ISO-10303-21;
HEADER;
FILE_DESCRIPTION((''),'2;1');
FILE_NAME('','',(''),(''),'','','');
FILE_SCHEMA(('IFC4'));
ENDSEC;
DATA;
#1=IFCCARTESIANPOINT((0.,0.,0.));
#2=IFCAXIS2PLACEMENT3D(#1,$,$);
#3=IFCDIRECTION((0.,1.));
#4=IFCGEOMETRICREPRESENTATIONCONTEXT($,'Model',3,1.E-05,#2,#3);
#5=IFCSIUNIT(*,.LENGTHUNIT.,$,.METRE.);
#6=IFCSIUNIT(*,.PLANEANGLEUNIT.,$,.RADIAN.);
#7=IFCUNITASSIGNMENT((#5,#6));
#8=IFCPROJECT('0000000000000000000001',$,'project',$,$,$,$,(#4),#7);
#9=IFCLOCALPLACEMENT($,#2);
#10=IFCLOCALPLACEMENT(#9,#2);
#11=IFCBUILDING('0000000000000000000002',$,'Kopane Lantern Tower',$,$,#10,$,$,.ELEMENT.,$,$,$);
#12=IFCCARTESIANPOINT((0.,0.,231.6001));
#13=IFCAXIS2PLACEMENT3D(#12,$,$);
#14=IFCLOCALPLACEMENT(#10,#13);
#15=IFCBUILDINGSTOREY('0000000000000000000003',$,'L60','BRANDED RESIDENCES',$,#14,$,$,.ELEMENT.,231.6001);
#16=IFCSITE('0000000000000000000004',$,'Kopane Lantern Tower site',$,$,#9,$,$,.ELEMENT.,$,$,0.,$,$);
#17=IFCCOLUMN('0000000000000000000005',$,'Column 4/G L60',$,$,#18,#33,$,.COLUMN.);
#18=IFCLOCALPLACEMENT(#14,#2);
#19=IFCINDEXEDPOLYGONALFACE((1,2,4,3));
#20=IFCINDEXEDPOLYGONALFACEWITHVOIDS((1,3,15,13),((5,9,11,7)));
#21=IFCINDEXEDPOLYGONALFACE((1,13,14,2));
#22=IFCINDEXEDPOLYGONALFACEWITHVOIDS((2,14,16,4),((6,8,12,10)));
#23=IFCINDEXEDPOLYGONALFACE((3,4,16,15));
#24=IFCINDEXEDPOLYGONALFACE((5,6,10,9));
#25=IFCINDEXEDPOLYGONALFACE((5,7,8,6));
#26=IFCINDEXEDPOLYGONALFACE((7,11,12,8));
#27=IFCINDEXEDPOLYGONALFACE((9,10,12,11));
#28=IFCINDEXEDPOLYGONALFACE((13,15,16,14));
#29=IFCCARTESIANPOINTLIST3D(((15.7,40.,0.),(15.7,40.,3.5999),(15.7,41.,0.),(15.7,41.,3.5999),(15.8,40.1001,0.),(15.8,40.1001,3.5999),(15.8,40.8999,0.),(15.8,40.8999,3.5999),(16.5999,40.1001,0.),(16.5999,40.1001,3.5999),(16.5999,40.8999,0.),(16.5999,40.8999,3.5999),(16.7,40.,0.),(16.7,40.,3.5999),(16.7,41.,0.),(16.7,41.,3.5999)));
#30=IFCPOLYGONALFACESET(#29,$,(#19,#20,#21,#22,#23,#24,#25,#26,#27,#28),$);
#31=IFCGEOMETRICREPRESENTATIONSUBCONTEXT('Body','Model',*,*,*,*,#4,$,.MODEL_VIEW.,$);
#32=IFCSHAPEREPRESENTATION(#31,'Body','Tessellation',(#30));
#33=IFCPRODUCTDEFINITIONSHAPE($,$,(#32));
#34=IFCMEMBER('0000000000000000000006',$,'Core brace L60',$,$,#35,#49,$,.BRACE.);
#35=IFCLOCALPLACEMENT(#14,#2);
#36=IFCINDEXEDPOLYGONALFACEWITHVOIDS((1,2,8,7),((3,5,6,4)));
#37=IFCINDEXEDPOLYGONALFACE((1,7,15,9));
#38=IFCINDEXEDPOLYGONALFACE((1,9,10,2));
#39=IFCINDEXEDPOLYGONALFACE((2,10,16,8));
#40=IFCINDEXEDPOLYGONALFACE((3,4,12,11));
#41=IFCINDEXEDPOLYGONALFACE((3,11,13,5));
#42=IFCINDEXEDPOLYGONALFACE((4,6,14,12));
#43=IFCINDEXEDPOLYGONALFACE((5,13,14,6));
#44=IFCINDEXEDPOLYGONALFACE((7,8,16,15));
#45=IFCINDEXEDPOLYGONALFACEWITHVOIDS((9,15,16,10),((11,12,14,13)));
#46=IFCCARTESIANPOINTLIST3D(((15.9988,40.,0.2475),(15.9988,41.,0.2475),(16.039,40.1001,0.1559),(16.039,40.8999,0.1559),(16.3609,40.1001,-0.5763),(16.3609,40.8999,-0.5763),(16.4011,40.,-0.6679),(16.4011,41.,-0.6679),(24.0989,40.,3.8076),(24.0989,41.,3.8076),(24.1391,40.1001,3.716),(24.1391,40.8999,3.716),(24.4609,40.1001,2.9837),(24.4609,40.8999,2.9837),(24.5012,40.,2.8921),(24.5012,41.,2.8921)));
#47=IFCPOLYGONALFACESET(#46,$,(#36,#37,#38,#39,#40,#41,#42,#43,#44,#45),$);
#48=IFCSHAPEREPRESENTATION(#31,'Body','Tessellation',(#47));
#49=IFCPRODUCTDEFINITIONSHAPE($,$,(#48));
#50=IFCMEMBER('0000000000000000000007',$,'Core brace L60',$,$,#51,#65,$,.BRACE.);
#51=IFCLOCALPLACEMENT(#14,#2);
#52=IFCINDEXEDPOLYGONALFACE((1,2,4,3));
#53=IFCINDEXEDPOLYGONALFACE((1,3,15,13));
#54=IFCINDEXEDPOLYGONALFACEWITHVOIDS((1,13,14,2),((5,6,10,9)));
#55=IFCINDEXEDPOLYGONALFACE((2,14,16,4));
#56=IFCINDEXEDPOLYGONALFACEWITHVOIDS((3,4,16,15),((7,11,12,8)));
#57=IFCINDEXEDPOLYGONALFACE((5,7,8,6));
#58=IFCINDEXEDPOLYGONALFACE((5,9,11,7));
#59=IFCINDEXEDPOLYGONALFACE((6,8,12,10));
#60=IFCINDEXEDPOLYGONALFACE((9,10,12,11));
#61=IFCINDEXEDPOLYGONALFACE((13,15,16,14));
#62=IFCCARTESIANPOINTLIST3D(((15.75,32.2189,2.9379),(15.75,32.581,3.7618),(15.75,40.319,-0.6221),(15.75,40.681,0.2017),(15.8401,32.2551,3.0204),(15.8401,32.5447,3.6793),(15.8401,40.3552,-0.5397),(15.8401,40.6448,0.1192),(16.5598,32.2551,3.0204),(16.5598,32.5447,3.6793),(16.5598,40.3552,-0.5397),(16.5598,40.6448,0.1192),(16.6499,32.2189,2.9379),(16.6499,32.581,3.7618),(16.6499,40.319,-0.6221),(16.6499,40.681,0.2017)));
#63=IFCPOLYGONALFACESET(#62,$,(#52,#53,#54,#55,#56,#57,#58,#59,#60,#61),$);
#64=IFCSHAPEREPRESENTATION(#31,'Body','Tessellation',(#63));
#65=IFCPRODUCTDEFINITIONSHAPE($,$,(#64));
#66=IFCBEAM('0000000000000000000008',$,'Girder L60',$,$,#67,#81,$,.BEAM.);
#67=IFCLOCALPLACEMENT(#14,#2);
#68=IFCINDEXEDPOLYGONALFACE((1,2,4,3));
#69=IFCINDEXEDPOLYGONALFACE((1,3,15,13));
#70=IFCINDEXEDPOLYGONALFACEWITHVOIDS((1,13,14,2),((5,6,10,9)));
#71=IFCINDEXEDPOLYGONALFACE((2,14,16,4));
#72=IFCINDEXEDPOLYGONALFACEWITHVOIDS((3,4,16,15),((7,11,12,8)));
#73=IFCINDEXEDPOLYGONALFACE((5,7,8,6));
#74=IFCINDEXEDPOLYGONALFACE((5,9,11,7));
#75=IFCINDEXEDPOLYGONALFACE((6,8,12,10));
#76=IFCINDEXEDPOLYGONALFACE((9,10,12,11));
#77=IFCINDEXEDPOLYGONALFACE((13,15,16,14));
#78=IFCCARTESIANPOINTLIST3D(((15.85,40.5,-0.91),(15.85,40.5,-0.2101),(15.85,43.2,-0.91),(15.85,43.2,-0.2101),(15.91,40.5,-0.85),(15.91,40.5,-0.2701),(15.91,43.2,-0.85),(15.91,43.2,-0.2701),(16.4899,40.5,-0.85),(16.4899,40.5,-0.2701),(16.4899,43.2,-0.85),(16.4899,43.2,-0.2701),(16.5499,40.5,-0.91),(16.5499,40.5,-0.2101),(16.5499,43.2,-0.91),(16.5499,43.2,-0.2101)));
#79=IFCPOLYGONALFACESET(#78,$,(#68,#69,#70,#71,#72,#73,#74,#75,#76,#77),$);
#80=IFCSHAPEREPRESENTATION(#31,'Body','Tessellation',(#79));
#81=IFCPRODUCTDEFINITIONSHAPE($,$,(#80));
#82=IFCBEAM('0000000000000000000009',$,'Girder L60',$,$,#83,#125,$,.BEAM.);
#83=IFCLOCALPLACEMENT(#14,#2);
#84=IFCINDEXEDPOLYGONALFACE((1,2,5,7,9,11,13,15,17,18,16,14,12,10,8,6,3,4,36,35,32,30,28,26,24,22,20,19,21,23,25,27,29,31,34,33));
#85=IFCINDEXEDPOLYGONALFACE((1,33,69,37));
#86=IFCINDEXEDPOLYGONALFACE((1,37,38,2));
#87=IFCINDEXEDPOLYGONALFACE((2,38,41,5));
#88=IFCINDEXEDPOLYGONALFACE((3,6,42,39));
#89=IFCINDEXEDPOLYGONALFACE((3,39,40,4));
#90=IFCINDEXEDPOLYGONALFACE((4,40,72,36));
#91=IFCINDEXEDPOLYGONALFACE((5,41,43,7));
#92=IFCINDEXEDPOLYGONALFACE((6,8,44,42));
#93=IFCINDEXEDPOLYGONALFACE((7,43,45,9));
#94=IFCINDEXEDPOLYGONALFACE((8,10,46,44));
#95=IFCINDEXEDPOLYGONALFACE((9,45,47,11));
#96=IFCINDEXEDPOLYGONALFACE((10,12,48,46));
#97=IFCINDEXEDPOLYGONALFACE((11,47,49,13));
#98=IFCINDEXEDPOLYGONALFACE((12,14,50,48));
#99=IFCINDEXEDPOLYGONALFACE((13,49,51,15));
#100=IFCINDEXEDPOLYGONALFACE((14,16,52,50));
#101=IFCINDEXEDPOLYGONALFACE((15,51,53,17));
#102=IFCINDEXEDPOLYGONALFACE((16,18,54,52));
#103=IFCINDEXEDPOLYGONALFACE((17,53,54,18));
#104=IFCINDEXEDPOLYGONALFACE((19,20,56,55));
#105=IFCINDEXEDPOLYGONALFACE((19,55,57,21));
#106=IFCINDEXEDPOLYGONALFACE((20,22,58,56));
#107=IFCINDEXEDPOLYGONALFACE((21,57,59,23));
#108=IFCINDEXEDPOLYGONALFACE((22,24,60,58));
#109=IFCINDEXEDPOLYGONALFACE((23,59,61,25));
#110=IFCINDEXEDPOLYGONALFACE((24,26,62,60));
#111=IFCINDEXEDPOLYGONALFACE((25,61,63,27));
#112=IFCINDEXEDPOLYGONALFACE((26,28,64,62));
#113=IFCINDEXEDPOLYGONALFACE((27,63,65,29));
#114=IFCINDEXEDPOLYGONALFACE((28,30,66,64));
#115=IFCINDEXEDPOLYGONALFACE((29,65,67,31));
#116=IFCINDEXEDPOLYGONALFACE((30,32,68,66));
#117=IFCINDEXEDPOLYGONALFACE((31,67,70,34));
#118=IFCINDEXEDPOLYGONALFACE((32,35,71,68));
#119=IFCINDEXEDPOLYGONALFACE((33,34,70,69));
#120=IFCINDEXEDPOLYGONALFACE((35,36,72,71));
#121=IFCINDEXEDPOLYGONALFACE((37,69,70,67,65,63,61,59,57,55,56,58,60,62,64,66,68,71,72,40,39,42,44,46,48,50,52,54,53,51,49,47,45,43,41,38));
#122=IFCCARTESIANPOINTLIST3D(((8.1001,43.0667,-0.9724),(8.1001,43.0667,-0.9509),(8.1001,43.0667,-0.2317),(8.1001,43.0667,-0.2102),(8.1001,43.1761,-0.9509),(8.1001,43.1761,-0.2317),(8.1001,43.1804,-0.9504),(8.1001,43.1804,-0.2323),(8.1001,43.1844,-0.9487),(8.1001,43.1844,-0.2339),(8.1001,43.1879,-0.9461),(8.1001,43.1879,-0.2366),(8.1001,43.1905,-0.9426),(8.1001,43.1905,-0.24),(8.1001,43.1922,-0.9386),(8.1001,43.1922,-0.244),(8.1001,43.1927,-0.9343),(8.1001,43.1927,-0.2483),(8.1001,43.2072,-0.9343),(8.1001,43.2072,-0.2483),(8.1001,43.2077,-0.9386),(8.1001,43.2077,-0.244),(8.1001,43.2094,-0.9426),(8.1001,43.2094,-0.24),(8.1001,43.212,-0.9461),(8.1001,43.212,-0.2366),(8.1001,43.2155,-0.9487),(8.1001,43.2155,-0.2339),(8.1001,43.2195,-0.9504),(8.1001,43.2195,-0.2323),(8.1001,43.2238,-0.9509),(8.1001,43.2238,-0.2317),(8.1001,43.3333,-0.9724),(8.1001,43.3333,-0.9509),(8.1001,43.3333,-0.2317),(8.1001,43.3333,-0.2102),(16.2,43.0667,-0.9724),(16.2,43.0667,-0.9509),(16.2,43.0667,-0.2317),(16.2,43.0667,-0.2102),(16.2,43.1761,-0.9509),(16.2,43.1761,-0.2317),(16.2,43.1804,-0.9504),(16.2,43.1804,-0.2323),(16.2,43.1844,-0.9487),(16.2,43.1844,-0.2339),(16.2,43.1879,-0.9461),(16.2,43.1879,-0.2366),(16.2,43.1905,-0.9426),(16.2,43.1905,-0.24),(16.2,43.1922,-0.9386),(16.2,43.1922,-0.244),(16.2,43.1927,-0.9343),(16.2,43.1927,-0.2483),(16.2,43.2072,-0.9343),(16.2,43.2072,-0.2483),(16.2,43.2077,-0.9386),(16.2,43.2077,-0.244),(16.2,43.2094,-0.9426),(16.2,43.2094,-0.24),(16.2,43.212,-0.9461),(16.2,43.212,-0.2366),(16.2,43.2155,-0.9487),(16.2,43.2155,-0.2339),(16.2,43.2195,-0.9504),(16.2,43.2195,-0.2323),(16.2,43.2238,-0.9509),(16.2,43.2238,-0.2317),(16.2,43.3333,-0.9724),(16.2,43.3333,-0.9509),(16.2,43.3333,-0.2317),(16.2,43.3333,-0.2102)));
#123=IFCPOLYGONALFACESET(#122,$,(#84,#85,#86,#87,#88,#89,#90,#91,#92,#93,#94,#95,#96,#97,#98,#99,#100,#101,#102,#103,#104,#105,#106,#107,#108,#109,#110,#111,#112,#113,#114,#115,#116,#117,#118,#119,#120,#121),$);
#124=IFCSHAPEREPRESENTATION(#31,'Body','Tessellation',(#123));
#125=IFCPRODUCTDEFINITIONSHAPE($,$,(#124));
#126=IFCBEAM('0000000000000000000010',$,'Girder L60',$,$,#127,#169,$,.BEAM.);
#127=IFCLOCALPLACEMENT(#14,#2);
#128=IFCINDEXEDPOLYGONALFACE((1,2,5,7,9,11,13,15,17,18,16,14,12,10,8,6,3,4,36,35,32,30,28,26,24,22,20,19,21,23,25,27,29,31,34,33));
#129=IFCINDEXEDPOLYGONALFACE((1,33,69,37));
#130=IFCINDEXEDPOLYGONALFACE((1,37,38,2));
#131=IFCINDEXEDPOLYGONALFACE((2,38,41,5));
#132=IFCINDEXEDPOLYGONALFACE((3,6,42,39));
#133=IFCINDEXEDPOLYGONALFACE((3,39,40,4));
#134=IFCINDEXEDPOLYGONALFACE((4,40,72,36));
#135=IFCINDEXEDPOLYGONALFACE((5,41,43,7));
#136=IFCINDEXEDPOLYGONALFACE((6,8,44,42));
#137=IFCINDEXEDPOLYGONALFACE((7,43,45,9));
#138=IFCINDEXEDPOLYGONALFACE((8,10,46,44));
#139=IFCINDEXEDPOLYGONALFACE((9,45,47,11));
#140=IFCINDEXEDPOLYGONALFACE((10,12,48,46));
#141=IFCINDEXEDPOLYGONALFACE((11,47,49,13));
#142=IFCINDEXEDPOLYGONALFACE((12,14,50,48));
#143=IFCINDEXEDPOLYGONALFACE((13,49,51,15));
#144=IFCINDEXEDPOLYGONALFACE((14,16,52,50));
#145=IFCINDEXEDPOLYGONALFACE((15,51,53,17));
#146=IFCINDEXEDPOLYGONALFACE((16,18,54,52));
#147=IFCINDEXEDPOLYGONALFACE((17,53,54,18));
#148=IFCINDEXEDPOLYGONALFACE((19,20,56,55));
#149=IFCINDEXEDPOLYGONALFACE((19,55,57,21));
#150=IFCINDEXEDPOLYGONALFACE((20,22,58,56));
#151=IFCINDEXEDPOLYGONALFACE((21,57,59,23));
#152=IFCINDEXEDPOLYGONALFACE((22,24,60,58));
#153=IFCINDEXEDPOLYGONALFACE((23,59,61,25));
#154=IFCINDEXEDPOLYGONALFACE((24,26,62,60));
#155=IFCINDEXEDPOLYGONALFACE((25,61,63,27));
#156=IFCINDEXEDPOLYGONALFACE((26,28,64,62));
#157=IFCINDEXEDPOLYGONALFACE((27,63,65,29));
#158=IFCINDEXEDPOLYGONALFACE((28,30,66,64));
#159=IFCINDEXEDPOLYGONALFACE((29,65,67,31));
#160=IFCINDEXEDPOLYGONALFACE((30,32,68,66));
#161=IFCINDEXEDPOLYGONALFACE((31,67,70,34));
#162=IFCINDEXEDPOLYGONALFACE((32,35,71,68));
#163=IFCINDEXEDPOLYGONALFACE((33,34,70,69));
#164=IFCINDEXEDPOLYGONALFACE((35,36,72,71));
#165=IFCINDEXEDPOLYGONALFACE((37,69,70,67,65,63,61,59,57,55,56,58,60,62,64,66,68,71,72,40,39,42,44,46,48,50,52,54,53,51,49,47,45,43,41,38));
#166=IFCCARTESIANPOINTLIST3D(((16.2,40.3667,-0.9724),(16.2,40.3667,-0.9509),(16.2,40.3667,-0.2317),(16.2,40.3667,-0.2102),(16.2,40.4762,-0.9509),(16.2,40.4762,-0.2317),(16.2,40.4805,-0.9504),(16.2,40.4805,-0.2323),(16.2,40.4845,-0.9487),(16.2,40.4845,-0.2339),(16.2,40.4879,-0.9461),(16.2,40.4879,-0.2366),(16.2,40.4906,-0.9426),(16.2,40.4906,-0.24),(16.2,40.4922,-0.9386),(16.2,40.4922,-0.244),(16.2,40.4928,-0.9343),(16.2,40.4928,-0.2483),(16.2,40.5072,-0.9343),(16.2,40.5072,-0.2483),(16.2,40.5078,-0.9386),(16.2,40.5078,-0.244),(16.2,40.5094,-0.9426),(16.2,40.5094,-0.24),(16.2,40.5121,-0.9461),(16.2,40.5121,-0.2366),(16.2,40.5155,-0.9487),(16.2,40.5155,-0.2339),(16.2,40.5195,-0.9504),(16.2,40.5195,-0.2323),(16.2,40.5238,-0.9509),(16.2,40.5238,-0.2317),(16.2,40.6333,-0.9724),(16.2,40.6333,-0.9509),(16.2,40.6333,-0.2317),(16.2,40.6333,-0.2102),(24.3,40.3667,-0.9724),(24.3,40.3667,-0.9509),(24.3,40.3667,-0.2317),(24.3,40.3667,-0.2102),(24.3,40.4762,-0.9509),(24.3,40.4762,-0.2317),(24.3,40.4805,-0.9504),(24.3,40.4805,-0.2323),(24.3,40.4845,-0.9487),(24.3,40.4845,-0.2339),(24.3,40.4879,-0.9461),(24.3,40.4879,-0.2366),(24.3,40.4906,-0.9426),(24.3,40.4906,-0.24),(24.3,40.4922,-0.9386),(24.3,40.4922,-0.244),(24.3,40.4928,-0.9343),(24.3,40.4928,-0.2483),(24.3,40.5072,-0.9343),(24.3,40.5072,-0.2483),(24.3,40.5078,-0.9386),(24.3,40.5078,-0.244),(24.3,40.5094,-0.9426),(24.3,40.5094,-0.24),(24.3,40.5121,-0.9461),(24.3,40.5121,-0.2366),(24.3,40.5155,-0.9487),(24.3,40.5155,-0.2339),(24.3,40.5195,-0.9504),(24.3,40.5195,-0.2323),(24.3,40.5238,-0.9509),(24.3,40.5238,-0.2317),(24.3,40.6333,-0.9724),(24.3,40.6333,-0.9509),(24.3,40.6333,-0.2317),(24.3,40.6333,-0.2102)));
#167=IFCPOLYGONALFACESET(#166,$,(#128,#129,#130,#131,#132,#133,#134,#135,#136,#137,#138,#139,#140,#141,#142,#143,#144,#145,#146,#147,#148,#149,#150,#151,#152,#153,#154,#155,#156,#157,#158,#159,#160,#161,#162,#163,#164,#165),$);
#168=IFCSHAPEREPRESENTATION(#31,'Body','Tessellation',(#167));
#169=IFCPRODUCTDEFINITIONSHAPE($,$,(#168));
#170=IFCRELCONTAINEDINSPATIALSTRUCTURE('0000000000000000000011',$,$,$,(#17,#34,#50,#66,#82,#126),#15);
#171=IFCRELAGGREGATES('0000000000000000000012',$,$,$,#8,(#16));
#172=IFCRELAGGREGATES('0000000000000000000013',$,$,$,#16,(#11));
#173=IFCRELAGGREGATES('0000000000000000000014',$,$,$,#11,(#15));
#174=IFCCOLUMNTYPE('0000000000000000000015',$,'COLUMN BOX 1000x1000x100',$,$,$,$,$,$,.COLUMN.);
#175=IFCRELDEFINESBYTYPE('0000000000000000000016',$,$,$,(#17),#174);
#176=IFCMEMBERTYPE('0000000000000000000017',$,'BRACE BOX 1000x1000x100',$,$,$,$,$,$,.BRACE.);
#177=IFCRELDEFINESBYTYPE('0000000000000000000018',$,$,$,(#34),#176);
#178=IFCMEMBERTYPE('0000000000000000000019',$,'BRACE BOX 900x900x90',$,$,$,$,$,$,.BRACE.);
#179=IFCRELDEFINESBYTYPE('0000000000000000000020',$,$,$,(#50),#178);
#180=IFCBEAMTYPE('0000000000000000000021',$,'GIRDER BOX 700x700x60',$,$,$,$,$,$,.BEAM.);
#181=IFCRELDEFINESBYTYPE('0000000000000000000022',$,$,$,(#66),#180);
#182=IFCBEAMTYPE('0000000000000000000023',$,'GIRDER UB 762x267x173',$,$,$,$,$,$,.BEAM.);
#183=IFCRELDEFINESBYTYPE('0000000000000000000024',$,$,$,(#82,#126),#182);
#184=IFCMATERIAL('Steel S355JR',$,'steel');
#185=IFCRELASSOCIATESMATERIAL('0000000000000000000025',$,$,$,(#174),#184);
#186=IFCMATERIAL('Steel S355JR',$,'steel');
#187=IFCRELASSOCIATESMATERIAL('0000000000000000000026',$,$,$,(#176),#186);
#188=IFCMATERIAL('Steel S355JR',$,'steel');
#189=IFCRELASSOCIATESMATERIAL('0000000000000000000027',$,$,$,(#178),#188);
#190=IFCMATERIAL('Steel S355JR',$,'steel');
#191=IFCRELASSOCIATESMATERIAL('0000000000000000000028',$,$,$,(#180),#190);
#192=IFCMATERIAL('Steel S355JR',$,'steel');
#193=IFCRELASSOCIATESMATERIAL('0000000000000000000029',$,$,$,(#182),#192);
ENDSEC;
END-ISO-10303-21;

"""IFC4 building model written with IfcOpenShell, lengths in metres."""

from ifc_helpers import new_model, si_unit, direction, frame, origin, origin_2d, place, context, subcontext, project, spatial, hollow_rectangle, i_section, extrude, material, material_profile, profile_set, type_object, element, save


model = new_model("IFC4")

# Units and contexts
model_context = context("Model", 3, precision=1e-05, world=origin(), true_north=direction((0.0, 1.0)))
body_context = subcontext(model_context, "Body", "Model", "MODEL_VIEW")
ifc_project = project(units=[si_unit("LENGTHUNIT", "METRE"), si_unit("PLANEANGLEUNIT", "RADIAN")], contexts=[model_context])

# Site, building, storey
site_placement = place(None, origin())
site = spatial("IfcSite", under=ifc_project, at=site_placement, Name="Kopane Lantern Tower site", CompositionType="ELEMENT", RefElevation=0.0)
building_placement = place(site_placement, origin())
building = spatial("IfcBuilding", under=site, at=building_placement, Name="Kopane Lantern Tower", CompositionType="ELEMENT")
storey_placement = place(building_placement, frame((0.0, 0.0, 231.6001)))
storey = spatial("IfcBuildingStorey", under=building, at=storey_placement, Name="L60", Description="BRANDED RESIDENCES", CompositionType="ELEMENT", Elevation=231.6001)

# Column
ifc_material_1 = material(Name="Steel S355JR", Category="steel")
ifc_material_profile_1 = material_profile(ifc_material_1, hollow_rectangle(XDim=1.0, YDim=1.0, WallThickness=0.1001, at=origin_2d()), Name="BOX 1000x1000x100")
ifc_profile_set_1 = profile_set([ifc_material_profile_1], Name="Steel S355JR")
column_type = type_object("IfcColumnType", Name="COLUMN BOX 1000x1000x100", PredefinedType="COLUMN", material=ifc_profile_set_1)
column_placement = place(storey_placement, frame((16.2, 40.5, 0.0), z_axis=(0.0, 0.0, 1.0), x_axis=(1.0, 0.0, 0.0)))
element("IfcColumn", 1, at=column_placement, inside=storey, type_object=column_type, Name="Column 4/G L60", PredefinedType="COLUMN", context=body_context, shape_type="SweptSolid", body=[
    extrude(hollow_rectangle(XDim=1.0, YDim=1.0, WallThickness=0.1001, at=origin_2d()), origin(), (0.0, 0.0, 1.0), 3.5999),
])

# Members
ifc_material_2 = material(Name="Steel S355JR", Category="steel")
ifc_material_profile_2 = material_profile(ifc_material_2, hollow_rectangle(XDim=1.0, YDim=1.0, WallThickness=0.1001, at=origin_2d()), Name="BOX 1000x1000x100")
ifc_profile_set_2 = profile_set([ifc_material_profile_2], Name="Steel S355JR")
member_type_1 = type_object("IfcMemberType", Name="BRACE BOX 1000x1000x100", PredefinedType="BRACE", material=ifc_profile_set_2)
member_1_placement = place(storey_placement, frame((16.2, 40.5, -0.2102), z_axis=(0.915481, 0.0, 0.402361), x_axis=(0.0, 1.0, 0.0)))
element("IfcMember", 2, at=member_1_placement, inside=storey, type_object=member_type_1, Name="Core brace L60", PredefinedType="BRACE", context=body_context, shape_type="SweptSolid", body=[
    extrude(hollow_rectangle(XDim=1.0, YDim=1.0, WallThickness=0.1001, at=origin_2d()), origin(), (0.0, 0.0, 1.0), 8.8479),
])
ifc_material_3 = material(Name="Steel S355JR", Category="steel")
ifc_material_profile_3 = material_profile(ifc_material_3, hollow_rectangle(XDim=0.8999, YDim=0.8999, WallThickness=0.0901, at=origin_2d()), Name="BOX 900x900x90")
ifc_profile_set_3 = profile_set([ifc_material_profile_3], Name="Steel S355JR")
member_type_2 = type_object("IfcMemberType", Name="BRACE BOX 900x900x90", PredefinedType="BRACE", material=ifc_profile_set_3)
member_2_placement = place(storey_placement, frame((16.2, 40.5, -0.2102), z_axis=(0.0, -0.915481, 0.402361), x_axis=(1.0, 0.0, 0.0)))
element("IfcMember", 3, at=member_2_placement, inside=storey, type_object=member_type_2, Name="Core brace L60", PredefinedType="BRACE", context=body_context, shape_type="SweptSolid", body=[
    extrude(hollow_rectangle(XDim=0.8999, YDim=0.8999, WallThickness=0.0901, at=origin_2d()), origin(), (0.0, 0.0, 1.0), 8.8479),
])

# Beams
ifc_material_4 = material(Name="Steel S355JR", Category="steel")
ifc_material_profile_4 = material_profile(ifc_material_4, hollow_rectangle(XDim=0.7, YDim=0.7, WallThickness=0.0601, at=origin_2d()), Name="BOX 700x700x60")
ifc_profile_set_4 = profile_set([ifc_material_profile_4], Name="Steel S355JR")
beam_type_1 = type_object("IfcBeamType", Name="GIRDER BOX 700x700x60", PredefinedType="BEAM", material=ifc_profile_set_4)
beam_1_placement = place(storey_placement, frame((16.2, 40.5, -0.5601), z_axis=(0.0, 1.0, 0.0), x_axis=(-1.0, 0.0, 0.0)))
element("IfcBeam", 4, at=beam_1_placement, inside=storey, type_object=beam_type_1, Name="Girder L60", PredefinedType="BEAM", context=body_context, shape_type="SweptSolid", body=[
    extrude(hollow_rectangle(XDim=0.7, YDim=0.7, WallThickness=0.0601, at=origin_2d()), origin(), (0.0, 0.0, 1.0), 2.7),
])
ifc_material_5 = material(Name="Steel S355JR", Category="steel")
ifc_material_profile_5 = material_profile(ifc_material_5, i_section(OverallWidth=0.2666, OverallDepth=0.7622, WebThickness=0.0144, FlangeThickness=0.0215, FilletRadius=0.0166, at=origin_2d()), Name="UB 762x267x173")
ifc_profile_set_5 = profile_set([ifc_material_profile_5], Name="Steel S355JR")
beam_type_2 = type_object("IfcBeamType", Name="GIRDER UB 762x267x173", PredefinedType="BEAM", material=ifc_profile_set_5)
beam_2_placement = place(storey_placement, frame((8.1001, 43.2, -0.5913), z_axis=(1.0, 0.0, 0.0), x_axis=(0.0, 1.0, 0.0)))
element("IfcBeam", 5, at=beam_2_placement, inside=storey, type_object=beam_type_2, Name="Girder L60", PredefinedType="BEAM", context=body_context, shape_type="SweptSolid", body=[
    extrude(i_section(OverallWidth=0.2666, OverallDepth=0.7622, WebThickness=0.0144, FlangeThickness=0.0215, FilletRadius=0.0166, at=origin_2d()), origin(), (0.0, 0.0, 1.0), 8.0999),
])
beam_3_placement = place(storey_placement, frame((16.2, 40.5, -0.5913), z_axis=(1.0, 0.0, 0.0), x_axis=(0.0, 1.0, 0.0)))
element("IfcBeam", 6, at=beam_3_placement, inside=storey, type_object=beam_type_2, Name="Girder L60", PredefinedType="BEAM", context=body_context, shape_type="SweptSolid", body=[
    extrude(i_section(OverallWidth=0.2666, OverallDepth=0.7622, WebThickness=0.0144, FlangeThickness=0.0215, FilletRadius=0.0166, at=origin_2d()), origin(), (0.0, 0.0, 1.0), 8.1001),
])

save(model, "model.ifc")
